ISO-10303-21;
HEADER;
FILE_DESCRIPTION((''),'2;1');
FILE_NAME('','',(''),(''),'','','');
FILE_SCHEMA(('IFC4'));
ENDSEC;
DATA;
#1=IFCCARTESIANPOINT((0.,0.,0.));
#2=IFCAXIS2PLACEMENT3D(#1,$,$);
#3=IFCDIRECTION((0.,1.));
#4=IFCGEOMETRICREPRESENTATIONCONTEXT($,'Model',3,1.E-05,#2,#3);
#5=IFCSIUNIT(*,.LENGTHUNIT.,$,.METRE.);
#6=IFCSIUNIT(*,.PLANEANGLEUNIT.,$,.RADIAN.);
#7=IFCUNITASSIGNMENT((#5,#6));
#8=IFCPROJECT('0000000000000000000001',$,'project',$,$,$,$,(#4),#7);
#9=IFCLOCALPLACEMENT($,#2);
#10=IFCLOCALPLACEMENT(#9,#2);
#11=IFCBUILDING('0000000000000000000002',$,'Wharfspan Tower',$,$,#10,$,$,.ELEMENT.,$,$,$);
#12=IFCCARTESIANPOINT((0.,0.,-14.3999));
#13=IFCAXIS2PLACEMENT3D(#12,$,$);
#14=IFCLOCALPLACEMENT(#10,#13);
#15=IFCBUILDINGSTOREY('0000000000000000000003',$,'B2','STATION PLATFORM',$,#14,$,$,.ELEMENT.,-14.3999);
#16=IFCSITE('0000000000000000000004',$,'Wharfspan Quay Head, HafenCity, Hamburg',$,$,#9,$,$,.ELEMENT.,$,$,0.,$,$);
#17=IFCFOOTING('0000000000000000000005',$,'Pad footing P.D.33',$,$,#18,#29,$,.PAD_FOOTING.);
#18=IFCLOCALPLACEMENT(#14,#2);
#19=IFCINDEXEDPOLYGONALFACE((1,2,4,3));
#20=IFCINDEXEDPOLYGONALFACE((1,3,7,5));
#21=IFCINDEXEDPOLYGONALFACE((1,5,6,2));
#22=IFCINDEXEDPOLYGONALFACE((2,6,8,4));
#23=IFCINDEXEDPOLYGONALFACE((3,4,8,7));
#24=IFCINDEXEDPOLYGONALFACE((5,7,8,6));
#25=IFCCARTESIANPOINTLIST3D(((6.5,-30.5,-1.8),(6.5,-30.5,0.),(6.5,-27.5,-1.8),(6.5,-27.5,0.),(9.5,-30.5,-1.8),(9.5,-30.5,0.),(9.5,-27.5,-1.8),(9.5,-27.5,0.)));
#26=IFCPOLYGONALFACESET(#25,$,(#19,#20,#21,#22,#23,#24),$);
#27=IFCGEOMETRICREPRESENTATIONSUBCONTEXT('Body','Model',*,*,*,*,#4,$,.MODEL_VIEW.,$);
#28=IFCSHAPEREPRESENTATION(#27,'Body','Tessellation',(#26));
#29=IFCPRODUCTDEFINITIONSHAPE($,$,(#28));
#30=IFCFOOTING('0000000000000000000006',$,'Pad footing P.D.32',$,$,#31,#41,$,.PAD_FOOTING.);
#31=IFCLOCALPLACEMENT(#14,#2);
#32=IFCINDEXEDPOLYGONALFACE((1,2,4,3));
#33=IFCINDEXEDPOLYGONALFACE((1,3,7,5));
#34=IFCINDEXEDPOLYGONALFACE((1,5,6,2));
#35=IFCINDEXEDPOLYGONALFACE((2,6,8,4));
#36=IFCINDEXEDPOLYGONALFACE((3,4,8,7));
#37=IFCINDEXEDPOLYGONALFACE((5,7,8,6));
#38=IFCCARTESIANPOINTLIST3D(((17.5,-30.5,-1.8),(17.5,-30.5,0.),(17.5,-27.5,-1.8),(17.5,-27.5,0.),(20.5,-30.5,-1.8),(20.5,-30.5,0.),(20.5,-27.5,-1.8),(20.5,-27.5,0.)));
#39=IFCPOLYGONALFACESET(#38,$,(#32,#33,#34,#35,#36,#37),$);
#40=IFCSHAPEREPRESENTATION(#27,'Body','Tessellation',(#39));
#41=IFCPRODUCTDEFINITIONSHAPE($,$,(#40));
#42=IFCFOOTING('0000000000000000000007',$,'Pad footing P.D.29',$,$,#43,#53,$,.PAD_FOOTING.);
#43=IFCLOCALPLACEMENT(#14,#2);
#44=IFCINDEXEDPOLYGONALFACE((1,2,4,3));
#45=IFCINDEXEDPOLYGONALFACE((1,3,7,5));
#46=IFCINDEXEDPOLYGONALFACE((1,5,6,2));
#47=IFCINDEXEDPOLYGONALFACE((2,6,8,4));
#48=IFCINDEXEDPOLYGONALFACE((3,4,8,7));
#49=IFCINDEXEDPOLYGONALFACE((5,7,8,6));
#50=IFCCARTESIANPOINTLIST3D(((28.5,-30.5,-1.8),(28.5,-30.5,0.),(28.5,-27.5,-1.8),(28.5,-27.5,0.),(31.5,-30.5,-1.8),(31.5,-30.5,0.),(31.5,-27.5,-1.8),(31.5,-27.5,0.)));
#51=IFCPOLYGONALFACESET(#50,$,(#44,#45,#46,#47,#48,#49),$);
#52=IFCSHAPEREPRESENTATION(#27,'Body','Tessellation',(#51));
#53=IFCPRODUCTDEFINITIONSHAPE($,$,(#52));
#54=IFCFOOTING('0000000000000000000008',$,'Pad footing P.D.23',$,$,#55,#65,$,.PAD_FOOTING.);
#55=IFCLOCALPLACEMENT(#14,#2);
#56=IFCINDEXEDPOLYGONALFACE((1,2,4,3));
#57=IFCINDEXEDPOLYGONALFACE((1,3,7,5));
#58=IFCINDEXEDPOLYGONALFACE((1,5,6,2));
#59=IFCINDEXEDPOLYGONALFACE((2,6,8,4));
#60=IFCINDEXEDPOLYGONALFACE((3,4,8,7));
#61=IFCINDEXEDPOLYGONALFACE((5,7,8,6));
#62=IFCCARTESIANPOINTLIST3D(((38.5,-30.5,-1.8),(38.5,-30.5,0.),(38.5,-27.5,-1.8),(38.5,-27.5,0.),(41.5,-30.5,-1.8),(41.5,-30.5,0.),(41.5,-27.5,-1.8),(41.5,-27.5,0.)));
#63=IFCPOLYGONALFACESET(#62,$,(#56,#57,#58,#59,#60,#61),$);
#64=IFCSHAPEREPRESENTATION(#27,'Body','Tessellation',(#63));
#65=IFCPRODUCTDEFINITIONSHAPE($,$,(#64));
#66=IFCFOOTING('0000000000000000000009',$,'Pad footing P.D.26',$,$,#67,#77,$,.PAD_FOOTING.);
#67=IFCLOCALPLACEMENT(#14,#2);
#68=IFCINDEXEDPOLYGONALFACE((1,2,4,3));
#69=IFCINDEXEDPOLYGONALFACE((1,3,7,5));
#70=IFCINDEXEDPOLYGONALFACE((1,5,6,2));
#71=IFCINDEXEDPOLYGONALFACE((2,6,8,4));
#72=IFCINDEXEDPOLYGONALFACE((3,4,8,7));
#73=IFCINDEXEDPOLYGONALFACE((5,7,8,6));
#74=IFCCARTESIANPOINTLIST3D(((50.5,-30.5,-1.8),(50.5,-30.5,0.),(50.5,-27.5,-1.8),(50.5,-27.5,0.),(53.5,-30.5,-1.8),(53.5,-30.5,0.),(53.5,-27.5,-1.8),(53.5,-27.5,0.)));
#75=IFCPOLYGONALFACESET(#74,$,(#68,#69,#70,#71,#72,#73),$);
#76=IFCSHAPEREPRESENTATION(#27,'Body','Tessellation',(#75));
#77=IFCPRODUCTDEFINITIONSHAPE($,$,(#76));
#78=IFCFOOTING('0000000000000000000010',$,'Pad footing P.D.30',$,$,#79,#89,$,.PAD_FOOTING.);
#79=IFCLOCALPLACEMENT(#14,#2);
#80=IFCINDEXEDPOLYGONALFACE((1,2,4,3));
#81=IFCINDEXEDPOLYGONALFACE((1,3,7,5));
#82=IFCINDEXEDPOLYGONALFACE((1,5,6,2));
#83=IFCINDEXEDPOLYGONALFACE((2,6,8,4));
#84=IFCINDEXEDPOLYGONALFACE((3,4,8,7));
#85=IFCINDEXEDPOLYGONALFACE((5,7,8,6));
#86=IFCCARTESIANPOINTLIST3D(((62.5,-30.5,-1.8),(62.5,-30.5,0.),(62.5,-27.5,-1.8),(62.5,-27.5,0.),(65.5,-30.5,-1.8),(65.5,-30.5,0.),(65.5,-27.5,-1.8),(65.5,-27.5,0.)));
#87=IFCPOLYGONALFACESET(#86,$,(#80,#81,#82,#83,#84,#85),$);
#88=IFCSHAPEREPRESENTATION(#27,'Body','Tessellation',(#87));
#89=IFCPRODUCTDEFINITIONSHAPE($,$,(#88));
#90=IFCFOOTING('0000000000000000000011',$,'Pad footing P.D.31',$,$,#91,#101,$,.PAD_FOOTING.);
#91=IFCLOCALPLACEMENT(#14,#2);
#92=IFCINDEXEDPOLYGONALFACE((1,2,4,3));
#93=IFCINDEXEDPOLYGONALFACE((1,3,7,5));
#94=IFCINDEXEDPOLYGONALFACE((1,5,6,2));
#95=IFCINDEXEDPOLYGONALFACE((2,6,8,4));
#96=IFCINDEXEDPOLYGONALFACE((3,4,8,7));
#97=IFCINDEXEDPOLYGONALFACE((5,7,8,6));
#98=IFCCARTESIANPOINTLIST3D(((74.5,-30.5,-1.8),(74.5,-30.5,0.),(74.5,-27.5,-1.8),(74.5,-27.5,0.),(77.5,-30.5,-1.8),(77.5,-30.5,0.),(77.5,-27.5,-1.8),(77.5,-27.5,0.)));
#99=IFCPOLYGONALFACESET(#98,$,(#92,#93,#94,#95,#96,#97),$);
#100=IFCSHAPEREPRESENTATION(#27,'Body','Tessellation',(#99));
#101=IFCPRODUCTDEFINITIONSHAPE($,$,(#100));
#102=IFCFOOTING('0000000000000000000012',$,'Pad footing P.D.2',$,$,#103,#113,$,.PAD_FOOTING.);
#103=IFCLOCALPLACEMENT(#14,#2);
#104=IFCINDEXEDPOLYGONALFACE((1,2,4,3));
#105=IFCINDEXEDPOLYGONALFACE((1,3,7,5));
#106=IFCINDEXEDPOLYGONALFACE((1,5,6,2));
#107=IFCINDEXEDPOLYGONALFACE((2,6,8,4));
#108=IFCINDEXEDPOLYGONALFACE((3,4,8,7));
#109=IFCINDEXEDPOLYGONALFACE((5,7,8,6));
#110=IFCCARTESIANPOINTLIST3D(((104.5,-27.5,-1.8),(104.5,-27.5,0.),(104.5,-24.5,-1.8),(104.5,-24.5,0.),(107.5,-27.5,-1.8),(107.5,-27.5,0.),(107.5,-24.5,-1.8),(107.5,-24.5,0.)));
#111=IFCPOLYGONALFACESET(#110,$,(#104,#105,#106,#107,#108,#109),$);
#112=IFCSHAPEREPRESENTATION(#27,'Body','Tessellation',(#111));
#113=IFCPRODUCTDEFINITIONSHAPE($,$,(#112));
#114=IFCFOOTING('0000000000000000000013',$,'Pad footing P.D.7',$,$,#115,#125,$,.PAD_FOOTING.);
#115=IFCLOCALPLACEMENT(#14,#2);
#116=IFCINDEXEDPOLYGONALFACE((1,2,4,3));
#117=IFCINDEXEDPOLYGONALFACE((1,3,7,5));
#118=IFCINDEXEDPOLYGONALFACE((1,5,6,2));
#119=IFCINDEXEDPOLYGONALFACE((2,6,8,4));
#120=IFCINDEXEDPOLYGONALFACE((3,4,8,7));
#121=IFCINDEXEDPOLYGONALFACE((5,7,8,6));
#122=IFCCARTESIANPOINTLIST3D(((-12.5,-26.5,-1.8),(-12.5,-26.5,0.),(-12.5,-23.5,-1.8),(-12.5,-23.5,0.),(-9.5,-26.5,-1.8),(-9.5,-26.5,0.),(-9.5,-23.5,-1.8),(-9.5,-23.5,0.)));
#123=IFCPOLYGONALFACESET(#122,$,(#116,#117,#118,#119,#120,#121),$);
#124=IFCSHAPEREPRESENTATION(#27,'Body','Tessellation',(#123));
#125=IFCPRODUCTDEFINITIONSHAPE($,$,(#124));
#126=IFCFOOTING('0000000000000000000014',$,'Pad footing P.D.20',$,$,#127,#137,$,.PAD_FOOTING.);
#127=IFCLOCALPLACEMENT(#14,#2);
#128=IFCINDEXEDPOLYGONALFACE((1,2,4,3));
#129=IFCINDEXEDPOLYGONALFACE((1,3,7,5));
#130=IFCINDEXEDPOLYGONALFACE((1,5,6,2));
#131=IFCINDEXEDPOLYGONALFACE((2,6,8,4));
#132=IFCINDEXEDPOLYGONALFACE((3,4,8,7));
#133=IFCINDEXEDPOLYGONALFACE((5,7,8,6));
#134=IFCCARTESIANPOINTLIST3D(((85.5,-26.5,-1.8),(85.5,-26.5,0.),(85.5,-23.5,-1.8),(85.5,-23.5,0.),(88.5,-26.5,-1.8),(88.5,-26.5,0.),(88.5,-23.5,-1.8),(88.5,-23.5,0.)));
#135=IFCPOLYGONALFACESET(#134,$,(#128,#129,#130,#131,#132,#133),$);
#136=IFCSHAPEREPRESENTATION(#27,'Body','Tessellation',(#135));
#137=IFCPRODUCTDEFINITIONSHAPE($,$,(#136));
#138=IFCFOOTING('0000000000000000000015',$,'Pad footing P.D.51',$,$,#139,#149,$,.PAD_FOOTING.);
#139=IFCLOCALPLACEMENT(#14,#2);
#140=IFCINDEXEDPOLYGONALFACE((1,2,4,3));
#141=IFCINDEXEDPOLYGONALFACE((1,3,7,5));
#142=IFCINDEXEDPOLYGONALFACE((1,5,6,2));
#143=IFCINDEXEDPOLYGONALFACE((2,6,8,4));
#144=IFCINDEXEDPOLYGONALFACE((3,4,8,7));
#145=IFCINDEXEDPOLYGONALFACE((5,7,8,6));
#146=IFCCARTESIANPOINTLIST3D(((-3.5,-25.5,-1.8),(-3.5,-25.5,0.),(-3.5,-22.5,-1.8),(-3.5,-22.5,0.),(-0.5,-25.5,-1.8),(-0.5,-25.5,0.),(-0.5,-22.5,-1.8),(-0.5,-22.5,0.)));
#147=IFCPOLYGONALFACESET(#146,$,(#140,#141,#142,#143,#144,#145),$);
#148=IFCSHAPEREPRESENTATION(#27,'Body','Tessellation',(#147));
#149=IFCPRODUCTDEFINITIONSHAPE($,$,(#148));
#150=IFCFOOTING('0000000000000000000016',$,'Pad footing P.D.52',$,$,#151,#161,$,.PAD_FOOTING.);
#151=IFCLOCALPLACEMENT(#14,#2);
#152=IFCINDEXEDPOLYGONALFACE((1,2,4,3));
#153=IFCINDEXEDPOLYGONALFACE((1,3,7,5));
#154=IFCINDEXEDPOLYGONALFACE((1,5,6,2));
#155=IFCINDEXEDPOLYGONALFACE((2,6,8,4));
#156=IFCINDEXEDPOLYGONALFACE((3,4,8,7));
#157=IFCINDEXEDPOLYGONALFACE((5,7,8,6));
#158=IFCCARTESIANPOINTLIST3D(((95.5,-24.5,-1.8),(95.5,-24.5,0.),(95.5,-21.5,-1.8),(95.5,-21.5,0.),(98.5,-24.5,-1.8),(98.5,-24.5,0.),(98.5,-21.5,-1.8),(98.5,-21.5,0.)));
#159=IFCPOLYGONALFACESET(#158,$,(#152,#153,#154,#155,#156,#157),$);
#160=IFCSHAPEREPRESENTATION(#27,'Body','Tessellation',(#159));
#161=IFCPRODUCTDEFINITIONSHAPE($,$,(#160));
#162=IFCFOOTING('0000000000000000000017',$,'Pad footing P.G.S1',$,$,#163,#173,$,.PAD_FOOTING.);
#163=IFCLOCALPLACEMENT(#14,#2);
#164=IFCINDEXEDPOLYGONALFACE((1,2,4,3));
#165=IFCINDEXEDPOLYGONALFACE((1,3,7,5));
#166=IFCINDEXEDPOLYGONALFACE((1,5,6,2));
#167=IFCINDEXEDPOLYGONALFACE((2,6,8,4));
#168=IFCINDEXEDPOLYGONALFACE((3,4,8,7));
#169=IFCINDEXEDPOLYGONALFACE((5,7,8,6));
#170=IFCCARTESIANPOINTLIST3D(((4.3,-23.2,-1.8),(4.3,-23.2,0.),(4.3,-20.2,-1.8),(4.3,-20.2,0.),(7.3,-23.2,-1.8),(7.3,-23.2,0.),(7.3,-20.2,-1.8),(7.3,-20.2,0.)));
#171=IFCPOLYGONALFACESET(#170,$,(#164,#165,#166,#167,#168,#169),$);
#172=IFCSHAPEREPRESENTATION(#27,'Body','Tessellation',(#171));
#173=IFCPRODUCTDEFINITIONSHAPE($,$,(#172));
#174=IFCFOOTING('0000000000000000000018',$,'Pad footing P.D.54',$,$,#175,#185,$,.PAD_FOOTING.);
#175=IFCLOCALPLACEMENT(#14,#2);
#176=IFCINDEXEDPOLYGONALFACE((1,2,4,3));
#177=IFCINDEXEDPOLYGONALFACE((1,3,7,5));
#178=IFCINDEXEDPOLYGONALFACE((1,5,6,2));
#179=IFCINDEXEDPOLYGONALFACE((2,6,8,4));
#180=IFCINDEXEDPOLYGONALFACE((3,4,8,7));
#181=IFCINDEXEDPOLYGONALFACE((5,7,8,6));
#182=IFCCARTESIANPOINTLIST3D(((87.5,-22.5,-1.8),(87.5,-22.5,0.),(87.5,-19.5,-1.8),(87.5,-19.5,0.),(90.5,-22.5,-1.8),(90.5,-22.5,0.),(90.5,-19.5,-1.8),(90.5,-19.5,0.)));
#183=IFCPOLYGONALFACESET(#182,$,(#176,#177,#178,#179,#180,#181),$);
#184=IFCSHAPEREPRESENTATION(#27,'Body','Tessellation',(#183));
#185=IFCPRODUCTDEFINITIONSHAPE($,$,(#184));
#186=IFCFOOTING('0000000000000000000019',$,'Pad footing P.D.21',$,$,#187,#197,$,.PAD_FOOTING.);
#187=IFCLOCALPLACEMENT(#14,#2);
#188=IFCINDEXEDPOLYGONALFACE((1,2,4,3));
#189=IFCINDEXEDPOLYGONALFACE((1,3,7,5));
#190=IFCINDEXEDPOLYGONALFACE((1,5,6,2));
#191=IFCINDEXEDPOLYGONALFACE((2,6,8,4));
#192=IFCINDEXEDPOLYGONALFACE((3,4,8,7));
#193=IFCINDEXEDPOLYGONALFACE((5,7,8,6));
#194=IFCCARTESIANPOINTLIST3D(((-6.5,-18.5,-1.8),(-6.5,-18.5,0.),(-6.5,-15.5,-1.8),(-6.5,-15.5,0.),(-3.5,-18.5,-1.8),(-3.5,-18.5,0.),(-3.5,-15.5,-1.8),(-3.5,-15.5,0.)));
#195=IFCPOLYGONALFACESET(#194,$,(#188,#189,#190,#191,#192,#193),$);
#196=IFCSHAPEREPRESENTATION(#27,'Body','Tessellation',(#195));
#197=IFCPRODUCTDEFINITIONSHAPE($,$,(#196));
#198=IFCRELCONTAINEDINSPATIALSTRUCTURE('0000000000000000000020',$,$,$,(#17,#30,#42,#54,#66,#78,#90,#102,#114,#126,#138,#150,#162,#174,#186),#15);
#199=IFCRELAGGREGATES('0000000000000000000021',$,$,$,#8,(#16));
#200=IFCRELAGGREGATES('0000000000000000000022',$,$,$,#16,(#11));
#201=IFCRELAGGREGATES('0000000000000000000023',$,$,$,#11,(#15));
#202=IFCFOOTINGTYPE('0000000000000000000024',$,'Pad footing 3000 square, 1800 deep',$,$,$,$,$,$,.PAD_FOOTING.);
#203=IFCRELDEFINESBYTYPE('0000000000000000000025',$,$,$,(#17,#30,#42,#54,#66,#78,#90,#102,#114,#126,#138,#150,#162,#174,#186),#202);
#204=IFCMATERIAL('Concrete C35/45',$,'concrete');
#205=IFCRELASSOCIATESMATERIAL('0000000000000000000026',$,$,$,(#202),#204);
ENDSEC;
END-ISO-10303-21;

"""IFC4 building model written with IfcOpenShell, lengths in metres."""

from ifc_helpers import new_model, si_unit, direction, frame, origin, place, context, subcontext, project, spatial, polyline, outline, extrude, material, type_object, element, save


model = new_model("IFC4")

# Units and contexts
model_context = context("Model", 3, precision=1e-05, world=origin(), true_north=direction((0.0, 1.0)))
body_context = subcontext(model_context, "Body", "Model", "MODEL_VIEW")
ifc_project = project(units=[si_unit("LENGTHUNIT", "METRE"), si_unit("PLANEANGLEUNIT", "RADIAN")], contexts=[model_context])

# Site, building, storey
site_placement = place(None, origin())
site = spatial("IfcSite", under=ifc_project, at=site_placement, Name="Wharfspan Quay Head, HafenCity, Hamburg", CompositionType="ELEMENT", RefElevation=0.0)
building_placement = place(site_placement, origin())
building = spatial("IfcBuilding", under=site, at=building_placement, Name="Wharfspan Tower", CompositionType="ELEMENT")
storey_placement = place(building_placement, frame((0.0, 0.0, -14.3999)))
storey = spatial("IfcBuildingStorey", under=building, at=storey_placement, Name="B2", Description="STATION PLATFORM", CompositionType="ELEMENT", Elevation=-14.3999)

# Footings
ifc_material = material(Name="Concrete C35/45", Category="concrete")
footing_type_1 = type_object("IfcFootingType", Name="Pad footing 3000 square, 1800 deep", PredefinedType="PAD_FOOTING", material=ifc_material)
footing_1_placement = place(storey_placement, frame((0.0, 0.0, -1.8)))
element("IfcFooting", 1, at=footing_1_placement, inside=storey, type_object=footing_type_1, Name="Pad footing P.D.33", PredefinedType="PAD_FOOTING", context=body_context, shape_type="SweptSolid", body=[
    extrude(outline(polyline([(6.5, -30.5), (9.5, -30.5), (9.5, -27.5), (6.5, -27.5), (6.5, -30.5)])), origin(), (0.0, 0.0, 1.0), 1.8),
])
footing_2_placement = place(storey_placement, frame((0.0, 0.0, -1.8)))
element("IfcFooting", 2, at=footing_2_placement, inside=storey, type_object=footing_type_1, Name="Pad footing P.D.32", PredefinedType="PAD_FOOTING", context=body_context, shape_type="SweptSolid", body=[
    extrude(outline(polyline([(17.5, -30.5), (20.5, -30.5), (20.5, -27.5), (17.5, -27.5), (17.5, -30.5)])), origin(), (0.0, 0.0, 1.0), 1.8),
])
footing_3_placement = place(storey_placement, frame((0.0, 0.0, -1.8)))
element("IfcFooting", 3, at=footing_3_placement, inside=storey, type_object=footing_type_1, Name="Pad footing P.D.29", PredefinedType="PAD_FOOTING", context=body_context, shape_type="SweptSolid", body=[
    extrude(outline(polyline([(28.5, -30.5), (31.5, -30.5), (31.5, -27.5), (28.5, -27.5), (28.5, -30.5)])), origin(), (0.0, 0.0, 1.0), 1.8),
])
footing_4_placement = place(storey_placement, frame((0.0, 0.0, -1.8)))
element("IfcFooting", 4, at=footing_4_placement, inside=storey, type_object=footing_type_1, Name="Pad footing P.D.23", PredefinedType="PAD_FOOTING", context=body_context, shape_type="SweptSolid", body=[
    extrude(outline(polyline([(38.5, -30.5), (41.5, -30.5), (41.5, -27.5), (38.5, -27.5), (38.5, -30.5)])), origin(), (0.0, 0.0, 1.0), 1.8),
])
footing_5_placement = place(storey_placement, frame((0.0, 0.0, -1.8)))
element("IfcFooting", 5, at=footing_5_placement, inside=storey, type_object=footing_type_1, Name="Pad footing P.D.26", PredefinedType="PAD_FOOTING", context=body_context, shape_type="SweptSolid", body=[
    extrude(outline(polyline([(50.5, -30.5), (53.5, -30.5), (53.5, -27.5), (50.5, -27.5), (50.5, -30.5)])), origin(), (0.0, 0.0, 1.0), 1.8),
])
footing_6_placement = place(storey_placement, frame((0.0, 0.0, -1.8)))
element("IfcFooting", 6, at=footing_6_placement, inside=storey, type_object=footing_type_1, Name="Pad footing P.D.30", PredefinedType="PAD_FOOTING", context=body_context, shape_type="SweptSolid", body=[
    extrude(outline(polyline([(62.5, -30.5), (65.5, -30.5), (65.5, -27.5), (62.5, -27.5), (62.5, -30.5)])), origin(), (0.0, 0.0, 1.0), 1.8),
])
footing_7_placement = place(storey_placement, frame((0.0, 0.0, -1.8)))
element("IfcFooting", 7, at=footing_7_placement, inside=storey, type_object=footing_type_1, Name="Pad footing P.D.31", PredefinedType="PAD_FOOTING", context=body_context, shape_type="SweptSolid", body=[
    extrude(outline(polyline([(74.5, -30.5), (77.5, -30.5), (77.5, -27.5), (74.5, -27.5), (74.5, -30.5)])), origin(), (0.0, 0.0, 1.0), 1.8),
])
footing_8_placement = place(storey_placement, frame((0.0, 0.0, -1.8)))
element("IfcFooting", 8, at=footing_8_placement, inside=storey, type_object=footing_type_1, Name="Pad footing P.D.2", PredefinedType="PAD_FOOTING", context=body_context, shape_type="SweptSolid", body=[
    extrude(outline(polyline([(104.5, -27.5), (107.5, -27.5), (107.5, -24.5), (104.5, -24.5), (104.5, -27.5)])), origin(), (0.0, 0.0, 1.0), 1.8),
])
footing_9_placement = place(storey_placement, frame((0.0, 0.0, -1.8)))
element("IfcFooting", 9, at=footing_9_placement, inside=storey, type_object=footing_type_1, Name="Pad footing P.D.7", PredefinedType="PAD_FOOTING", context=body_context, shape_type="SweptSolid", body=[
    extrude(outline(polyline([(-12.5, -26.5), (-9.5, -26.5), (-9.5, -23.5), (-12.5, -23.5), (-12.5, -26.5)])), origin(), (0.0, 0.0, 1.0), 1.8),
])
footing_10_placement = place(storey_placement, frame((0.0, 0.0, -1.8)))
element("IfcFooting", 10, at=footing_10_placement, inside=storey, type_object=footing_type_1, Name="Pad footing P.D.20", PredefinedType="PAD_FOOTING", context=body_context, shape_type="SweptSolid", body=[
    extrude(outline(polyline([(85.5, -26.5), (88.5, -26.5), (88.5, -23.5), (85.5, -23.5), (85.5, -26.5)])), origin(), (0.0, 0.0, 1.0), 1.8),
])
footing_11_placement = place(storey_placement, frame((0.0, 0.0, -1.8)))
element("IfcFooting", 11, at=footing_11_placement, inside=storey, type_object=footing_type_1, Name="Pad footing P.D.51", PredefinedType="PAD_FOOTING", context=body_context, shape_type="SweptSolid", body=[
    extrude(outline(polyline([(-3.5, -25.5), (-0.5, -25.5), (-0.5, -22.5), (-3.5, -22.5), (-3.5, -25.5)])), origin(), (0.0, 0.0, 1.0), 1.8),
])
footing_12_placement = place(storey_placement, frame((0.0, 0.0, -1.8)))
element("IfcFooting", 12, at=footing_12_placement, inside=storey, type_object=footing_type_1, Name="Pad footing P.D.52", PredefinedType="PAD_FOOTING", context=body_context, shape_type="SweptSolid", body=[
    extrude(outline(polyline([(95.5, -24.5), (98.5, -24.5), (98.5, -21.5), (95.5, -21.5), (95.5, -24.5)])), origin(), (0.0, 0.0, 1.0), 1.8),
])
footing_13_placement = place(storey_placement, frame((0.0, 0.0, -1.8)))
element("IfcFooting", 13, at=footing_13_placement, inside=storey, type_object=footing_type_1, Name="Pad footing P.G.S1", PredefinedType="PAD_FOOTING", context=body_context, shape_type="SweptSolid", body=[
    extrude(outline(polyline([(4.3, -23.2), (7.3, -23.2), (7.3, -20.2), (4.3, -20.2), (4.3, -23.2)])), origin(), (0.0, 0.0, 1.0), 1.8),
])
footing_14_placement = place(storey_placement, frame((0.0, 0.0, -1.8)))
element("IfcFooting", 14, at=footing_14_placement, inside=storey, type_object=footing_type_1, Name="Pad footing P.D.54", PredefinedType="PAD_FOOTING", context=body_context, shape_type="SweptSolid", body=[
    extrude(outline(polyline([(87.5, -22.5), (90.5, -22.5), (90.5, -19.5), (87.5, -19.5), (87.5, -22.5)])), origin(), (0.0, 0.0, 1.0), 1.8),
])
footing_15_placement = place(storey_placement, frame((0.0, 0.0, -1.8)))
element("IfcFooting", 15, at=footing_15_placement, inside=storey, type_object=footing_type_1, Name="Pad footing P.D.21", PredefinedType="PAD_FOOTING", context=body_context, shape_type="SweptSolid", body=[
    extrude(outline(polyline([(-6.5, -18.5), (-3.5, -18.5), (-3.5, -15.5), (-6.5, -15.5), (-6.5, -18.5)])), origin(), (0.0, 0.0, 1.0), 1.8),
])

save(model, "model.ifc")
